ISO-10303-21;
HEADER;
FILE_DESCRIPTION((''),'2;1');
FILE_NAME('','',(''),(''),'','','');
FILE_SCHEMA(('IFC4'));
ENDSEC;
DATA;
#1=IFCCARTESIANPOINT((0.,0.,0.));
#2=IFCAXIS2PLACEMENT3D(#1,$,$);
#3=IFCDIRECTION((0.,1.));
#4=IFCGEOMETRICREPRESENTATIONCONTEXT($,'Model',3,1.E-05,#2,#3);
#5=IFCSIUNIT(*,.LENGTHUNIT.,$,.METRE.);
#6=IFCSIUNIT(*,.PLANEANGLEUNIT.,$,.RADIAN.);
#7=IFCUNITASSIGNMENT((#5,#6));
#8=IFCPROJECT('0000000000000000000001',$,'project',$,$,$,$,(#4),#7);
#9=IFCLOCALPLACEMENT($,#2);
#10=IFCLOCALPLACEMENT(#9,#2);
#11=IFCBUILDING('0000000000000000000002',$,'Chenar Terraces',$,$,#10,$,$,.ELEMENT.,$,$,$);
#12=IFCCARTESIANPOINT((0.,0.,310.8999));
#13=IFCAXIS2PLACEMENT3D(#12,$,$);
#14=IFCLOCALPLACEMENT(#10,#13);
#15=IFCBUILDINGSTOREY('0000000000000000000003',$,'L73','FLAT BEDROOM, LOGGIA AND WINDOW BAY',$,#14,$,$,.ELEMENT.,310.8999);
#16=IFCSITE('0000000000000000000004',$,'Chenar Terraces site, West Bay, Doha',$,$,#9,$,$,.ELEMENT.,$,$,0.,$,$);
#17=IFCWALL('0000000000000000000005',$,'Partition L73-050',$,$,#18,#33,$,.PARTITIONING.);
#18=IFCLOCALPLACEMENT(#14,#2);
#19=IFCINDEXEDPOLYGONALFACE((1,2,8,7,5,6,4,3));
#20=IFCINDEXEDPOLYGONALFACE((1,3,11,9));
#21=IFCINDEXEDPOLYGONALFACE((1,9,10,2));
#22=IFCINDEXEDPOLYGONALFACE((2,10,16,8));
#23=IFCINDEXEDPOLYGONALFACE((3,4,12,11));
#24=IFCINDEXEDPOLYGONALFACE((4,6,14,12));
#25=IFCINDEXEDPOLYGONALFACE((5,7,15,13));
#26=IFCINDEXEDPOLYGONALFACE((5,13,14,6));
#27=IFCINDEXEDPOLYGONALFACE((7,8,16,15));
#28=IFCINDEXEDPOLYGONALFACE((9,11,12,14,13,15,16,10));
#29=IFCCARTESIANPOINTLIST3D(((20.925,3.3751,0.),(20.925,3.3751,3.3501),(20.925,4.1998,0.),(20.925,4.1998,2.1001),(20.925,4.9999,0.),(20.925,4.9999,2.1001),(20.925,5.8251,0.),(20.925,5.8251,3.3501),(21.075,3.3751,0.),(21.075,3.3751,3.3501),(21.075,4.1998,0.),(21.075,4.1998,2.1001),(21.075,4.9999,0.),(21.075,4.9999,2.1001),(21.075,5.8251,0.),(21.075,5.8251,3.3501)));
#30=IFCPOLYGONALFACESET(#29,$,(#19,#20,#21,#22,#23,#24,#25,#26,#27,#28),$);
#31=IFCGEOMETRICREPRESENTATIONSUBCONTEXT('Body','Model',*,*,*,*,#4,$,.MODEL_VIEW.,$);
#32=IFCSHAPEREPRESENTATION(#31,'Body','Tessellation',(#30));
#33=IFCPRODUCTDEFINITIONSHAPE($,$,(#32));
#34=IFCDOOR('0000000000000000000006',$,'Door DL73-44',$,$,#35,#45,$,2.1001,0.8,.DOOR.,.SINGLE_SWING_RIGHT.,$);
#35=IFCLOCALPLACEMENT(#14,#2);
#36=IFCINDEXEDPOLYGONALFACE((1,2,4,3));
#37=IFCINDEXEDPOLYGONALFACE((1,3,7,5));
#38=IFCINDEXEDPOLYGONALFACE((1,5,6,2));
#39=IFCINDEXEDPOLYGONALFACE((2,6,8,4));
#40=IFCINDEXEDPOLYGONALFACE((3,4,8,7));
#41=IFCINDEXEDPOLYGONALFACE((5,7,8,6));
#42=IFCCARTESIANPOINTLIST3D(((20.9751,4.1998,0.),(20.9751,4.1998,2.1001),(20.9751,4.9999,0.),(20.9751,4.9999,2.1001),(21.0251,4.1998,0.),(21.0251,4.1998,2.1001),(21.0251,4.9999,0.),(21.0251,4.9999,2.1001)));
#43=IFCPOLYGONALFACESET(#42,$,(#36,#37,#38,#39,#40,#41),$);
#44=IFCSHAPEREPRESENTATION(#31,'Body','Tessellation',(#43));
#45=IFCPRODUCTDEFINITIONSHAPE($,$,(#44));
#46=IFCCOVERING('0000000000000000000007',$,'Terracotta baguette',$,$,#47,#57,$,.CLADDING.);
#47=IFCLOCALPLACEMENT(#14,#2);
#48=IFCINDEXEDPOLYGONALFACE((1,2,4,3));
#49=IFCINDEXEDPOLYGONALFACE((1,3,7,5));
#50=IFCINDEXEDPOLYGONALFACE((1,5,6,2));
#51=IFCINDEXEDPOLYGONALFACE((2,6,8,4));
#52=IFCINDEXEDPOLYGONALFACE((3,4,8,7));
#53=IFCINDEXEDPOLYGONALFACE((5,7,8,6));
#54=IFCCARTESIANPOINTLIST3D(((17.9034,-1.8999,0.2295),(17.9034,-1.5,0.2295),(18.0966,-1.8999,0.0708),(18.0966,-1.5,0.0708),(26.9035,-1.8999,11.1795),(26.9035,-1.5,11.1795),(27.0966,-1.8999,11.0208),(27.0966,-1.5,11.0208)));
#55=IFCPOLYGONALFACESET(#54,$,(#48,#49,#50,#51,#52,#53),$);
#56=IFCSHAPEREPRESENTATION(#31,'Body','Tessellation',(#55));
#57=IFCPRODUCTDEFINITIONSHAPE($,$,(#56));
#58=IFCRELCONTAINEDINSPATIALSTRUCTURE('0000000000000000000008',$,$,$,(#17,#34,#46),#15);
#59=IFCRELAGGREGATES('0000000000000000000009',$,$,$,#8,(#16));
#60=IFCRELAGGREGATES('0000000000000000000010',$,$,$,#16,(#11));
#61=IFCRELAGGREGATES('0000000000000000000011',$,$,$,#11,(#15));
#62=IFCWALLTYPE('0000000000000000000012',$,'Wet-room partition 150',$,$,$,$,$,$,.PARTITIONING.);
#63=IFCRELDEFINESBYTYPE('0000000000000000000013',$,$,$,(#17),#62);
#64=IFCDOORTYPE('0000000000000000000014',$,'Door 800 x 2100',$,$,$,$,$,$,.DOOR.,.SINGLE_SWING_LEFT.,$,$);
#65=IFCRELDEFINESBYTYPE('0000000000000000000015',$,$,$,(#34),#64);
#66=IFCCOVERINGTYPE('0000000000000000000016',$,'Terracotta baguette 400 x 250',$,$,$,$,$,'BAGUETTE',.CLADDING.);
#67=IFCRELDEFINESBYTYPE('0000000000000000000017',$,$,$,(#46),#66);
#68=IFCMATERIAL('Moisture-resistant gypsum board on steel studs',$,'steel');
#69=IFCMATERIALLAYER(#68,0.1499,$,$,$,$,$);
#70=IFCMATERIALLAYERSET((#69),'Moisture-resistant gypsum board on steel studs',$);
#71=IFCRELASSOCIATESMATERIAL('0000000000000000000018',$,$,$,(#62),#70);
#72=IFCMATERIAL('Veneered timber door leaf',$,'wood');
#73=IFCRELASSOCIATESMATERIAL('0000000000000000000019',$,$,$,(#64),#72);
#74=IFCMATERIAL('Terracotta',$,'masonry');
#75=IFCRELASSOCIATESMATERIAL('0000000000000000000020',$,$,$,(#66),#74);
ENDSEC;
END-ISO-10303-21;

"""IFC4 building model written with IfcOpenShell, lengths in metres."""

from ifc_helpers import new_model, si_unit, direction, frame, frame_2d, origin, origin_2d, place, context, subcontext, project, spatial, rectangle, extrude, material, layer, layer_set, material_profile, profile_set, type_object, element, fill, save


model = new_model("IFC4")

# Units and contexts
model_context = context("Model", 3, precision=1e-05, world=origin(), true_north=direction((0.0, 1.0)))
body_context = subcontext(model_context, "Body", "Model", "MODEL_VIEW")
ifc_project = project(units=[si_unit("LENGTHUNIT", "METRE"), si_unit("PLANEANGLEUNIT", "RADIAN")], contexts=[model_context])

# Site, building, storey
site_placement = place(None, origin())
site = spatial("IfcSite", under=ifc_project, at=site_placement, Name="Chenar Terraces site, West Bay, Doha", CompositionType="ELEMENT", RefElevation=0.0)
building_placement = place(site_placement, origin())
building = spatial("IfcBuilding", under=site, at=building_placement, Name="Chenar Terraces", CompositionType="ELEMENT")
storey_placement = place(building_placement, frame((0.0, 0.0, 310.8999)))
storey = spatial("IfcBuildingStorey", under=building, at=storey_placement, Name="L73", Description="FLAT BEDROOM, LOGGIA AND WINDOW BAY", CompositionType="ELEMENT", Elevation=310.8999)

# Shared definitions
ifc_material_1 = material(Name="Moisture-resistant gypsum board on steel studs", Category="steel")
ifc_layer_1 = layer(ifc_material_1, 0.1499)
ifc_layer_set_1 = layer_set([ifc_layer_1], Name="Moisture-resistant gypsum board on steel studs")
wall_type_1 = type_object("IfcWallType", Name="Wet-room partition 150", PredefinedType="PARTITIONING", material=ifc_layer_set_1)

# Wall, opening, door
wall_1_placement = place(storey_placement, frame((21.0, 3.375, 0.0), z_axis=(0.0, 0.0, 1.0), x_axis=(0.0, 1.0, 0.0)))
wall_1 = element("IfcWall", 1, at=wall_1_placement, inside=storey, type_object=wall_type_1, Name="Partition L73-050", PredefinedType="PARTITIONING", context=body_context, shape_type="SweptSolid", body=[
    extrude(rectangle(XDim=2.45, YDim=0.1499, at=frame_2d((1.2251, 0.0))), origin(), (0.0, 0.0, 1.0), 3.3501),
])
opening_1_placement = place(wall_1_placement, frame((0.825, 0.0, 0.0)))
opening_1 = element("IfcOpeningElement", 2, at=opening_1_placement, cuts=wall_1, PredefinedType="OPENING", context=body_context, shape_type="SweptSolid", body=[
    extrude(rectangle(XDim=0.8, YDim=2.1001, at=frame_2d((0.3999, 1.05))), frame((0.0, 0.085, 0.0), z_axis=(0.0, -1.0, 0.0), x_axis=(1.0, 0.0, 0.0)), (0.0, 0.0, 1.0), 0.1699),
])
ifc_material_2 = material(Name="Veneered timber door leaf", Category="wood")
door_type_1 = type_object("IfcDoorType", Name="Door 800 x 2100", OperationType="SINGLE_SWING_LEFT", PredefinedType="DOOR", material=ifc_material_2)
door_1_placement = place(opening_1_placement, origin())
door_1 = element("IfcDoor", 3, at=door_1_placement, inside=storey, type_object=door_type_1, Name="Door DL73-44", OperationType="SINGLE_SWING_RIGHT", OverallHeight=2.1001, OverallWidth=0.8, PredefinedType="DOOR", context=body_context, shape_type="SweptSolid", body=[
    extrude(rectangle(XDim=0.8, YDim=2.1001, at=frame_2d((0.3999, 1.05))), frame((0.0, 0.0249, 0.0), z_axis=(0.0, -1.0, 0.0), x_axis=(1.0, 0.0, 0.0)), (0.0, 0.0, 1.0), 0.05),
])
fill(opening_1, door_1)

# Covering
ifc_material_3 = material(Name="Terracotta", Category="masonry")
ifc_material_profile_1 = material_profile(ifc_material_3, rectangle(XDim=0.3999, YDim=0.25, at=origin_2d()), Name="Terracotta baguette 400 x 250")
ifc_profile_set_1 = profile_set([ifc_material_profile_1], Name="Terracotta")
covering_type = type_object("IfcCoveringType", Name="Terracotta baguette 400 x 250", ElementType="BAGUETTE", PredefinedType="CLADDING", material=ifc_profile_set_1)
covering_placement = place(storey_placement, frame((18.0, -1.7, 0.1501), z_axis=(0.634967, 0.0, 0.772539), x_axis=(0.0, 1.0, 0.0)))
element("IfcCovering", 4, at=covering_placement, inside=storey, type_object=covering_type, Name="Terracotta baguette", PredefinedType="CLADDING", context=body_context, shape_type="SweptSolid", body=[
    extrude(rectangle(XDim=0.3999, YDim=0.25, at=origin_2d()), origin(), (0.0, 0.0, 1.0), 14.1741),
])

save(model, "model.ifc")
